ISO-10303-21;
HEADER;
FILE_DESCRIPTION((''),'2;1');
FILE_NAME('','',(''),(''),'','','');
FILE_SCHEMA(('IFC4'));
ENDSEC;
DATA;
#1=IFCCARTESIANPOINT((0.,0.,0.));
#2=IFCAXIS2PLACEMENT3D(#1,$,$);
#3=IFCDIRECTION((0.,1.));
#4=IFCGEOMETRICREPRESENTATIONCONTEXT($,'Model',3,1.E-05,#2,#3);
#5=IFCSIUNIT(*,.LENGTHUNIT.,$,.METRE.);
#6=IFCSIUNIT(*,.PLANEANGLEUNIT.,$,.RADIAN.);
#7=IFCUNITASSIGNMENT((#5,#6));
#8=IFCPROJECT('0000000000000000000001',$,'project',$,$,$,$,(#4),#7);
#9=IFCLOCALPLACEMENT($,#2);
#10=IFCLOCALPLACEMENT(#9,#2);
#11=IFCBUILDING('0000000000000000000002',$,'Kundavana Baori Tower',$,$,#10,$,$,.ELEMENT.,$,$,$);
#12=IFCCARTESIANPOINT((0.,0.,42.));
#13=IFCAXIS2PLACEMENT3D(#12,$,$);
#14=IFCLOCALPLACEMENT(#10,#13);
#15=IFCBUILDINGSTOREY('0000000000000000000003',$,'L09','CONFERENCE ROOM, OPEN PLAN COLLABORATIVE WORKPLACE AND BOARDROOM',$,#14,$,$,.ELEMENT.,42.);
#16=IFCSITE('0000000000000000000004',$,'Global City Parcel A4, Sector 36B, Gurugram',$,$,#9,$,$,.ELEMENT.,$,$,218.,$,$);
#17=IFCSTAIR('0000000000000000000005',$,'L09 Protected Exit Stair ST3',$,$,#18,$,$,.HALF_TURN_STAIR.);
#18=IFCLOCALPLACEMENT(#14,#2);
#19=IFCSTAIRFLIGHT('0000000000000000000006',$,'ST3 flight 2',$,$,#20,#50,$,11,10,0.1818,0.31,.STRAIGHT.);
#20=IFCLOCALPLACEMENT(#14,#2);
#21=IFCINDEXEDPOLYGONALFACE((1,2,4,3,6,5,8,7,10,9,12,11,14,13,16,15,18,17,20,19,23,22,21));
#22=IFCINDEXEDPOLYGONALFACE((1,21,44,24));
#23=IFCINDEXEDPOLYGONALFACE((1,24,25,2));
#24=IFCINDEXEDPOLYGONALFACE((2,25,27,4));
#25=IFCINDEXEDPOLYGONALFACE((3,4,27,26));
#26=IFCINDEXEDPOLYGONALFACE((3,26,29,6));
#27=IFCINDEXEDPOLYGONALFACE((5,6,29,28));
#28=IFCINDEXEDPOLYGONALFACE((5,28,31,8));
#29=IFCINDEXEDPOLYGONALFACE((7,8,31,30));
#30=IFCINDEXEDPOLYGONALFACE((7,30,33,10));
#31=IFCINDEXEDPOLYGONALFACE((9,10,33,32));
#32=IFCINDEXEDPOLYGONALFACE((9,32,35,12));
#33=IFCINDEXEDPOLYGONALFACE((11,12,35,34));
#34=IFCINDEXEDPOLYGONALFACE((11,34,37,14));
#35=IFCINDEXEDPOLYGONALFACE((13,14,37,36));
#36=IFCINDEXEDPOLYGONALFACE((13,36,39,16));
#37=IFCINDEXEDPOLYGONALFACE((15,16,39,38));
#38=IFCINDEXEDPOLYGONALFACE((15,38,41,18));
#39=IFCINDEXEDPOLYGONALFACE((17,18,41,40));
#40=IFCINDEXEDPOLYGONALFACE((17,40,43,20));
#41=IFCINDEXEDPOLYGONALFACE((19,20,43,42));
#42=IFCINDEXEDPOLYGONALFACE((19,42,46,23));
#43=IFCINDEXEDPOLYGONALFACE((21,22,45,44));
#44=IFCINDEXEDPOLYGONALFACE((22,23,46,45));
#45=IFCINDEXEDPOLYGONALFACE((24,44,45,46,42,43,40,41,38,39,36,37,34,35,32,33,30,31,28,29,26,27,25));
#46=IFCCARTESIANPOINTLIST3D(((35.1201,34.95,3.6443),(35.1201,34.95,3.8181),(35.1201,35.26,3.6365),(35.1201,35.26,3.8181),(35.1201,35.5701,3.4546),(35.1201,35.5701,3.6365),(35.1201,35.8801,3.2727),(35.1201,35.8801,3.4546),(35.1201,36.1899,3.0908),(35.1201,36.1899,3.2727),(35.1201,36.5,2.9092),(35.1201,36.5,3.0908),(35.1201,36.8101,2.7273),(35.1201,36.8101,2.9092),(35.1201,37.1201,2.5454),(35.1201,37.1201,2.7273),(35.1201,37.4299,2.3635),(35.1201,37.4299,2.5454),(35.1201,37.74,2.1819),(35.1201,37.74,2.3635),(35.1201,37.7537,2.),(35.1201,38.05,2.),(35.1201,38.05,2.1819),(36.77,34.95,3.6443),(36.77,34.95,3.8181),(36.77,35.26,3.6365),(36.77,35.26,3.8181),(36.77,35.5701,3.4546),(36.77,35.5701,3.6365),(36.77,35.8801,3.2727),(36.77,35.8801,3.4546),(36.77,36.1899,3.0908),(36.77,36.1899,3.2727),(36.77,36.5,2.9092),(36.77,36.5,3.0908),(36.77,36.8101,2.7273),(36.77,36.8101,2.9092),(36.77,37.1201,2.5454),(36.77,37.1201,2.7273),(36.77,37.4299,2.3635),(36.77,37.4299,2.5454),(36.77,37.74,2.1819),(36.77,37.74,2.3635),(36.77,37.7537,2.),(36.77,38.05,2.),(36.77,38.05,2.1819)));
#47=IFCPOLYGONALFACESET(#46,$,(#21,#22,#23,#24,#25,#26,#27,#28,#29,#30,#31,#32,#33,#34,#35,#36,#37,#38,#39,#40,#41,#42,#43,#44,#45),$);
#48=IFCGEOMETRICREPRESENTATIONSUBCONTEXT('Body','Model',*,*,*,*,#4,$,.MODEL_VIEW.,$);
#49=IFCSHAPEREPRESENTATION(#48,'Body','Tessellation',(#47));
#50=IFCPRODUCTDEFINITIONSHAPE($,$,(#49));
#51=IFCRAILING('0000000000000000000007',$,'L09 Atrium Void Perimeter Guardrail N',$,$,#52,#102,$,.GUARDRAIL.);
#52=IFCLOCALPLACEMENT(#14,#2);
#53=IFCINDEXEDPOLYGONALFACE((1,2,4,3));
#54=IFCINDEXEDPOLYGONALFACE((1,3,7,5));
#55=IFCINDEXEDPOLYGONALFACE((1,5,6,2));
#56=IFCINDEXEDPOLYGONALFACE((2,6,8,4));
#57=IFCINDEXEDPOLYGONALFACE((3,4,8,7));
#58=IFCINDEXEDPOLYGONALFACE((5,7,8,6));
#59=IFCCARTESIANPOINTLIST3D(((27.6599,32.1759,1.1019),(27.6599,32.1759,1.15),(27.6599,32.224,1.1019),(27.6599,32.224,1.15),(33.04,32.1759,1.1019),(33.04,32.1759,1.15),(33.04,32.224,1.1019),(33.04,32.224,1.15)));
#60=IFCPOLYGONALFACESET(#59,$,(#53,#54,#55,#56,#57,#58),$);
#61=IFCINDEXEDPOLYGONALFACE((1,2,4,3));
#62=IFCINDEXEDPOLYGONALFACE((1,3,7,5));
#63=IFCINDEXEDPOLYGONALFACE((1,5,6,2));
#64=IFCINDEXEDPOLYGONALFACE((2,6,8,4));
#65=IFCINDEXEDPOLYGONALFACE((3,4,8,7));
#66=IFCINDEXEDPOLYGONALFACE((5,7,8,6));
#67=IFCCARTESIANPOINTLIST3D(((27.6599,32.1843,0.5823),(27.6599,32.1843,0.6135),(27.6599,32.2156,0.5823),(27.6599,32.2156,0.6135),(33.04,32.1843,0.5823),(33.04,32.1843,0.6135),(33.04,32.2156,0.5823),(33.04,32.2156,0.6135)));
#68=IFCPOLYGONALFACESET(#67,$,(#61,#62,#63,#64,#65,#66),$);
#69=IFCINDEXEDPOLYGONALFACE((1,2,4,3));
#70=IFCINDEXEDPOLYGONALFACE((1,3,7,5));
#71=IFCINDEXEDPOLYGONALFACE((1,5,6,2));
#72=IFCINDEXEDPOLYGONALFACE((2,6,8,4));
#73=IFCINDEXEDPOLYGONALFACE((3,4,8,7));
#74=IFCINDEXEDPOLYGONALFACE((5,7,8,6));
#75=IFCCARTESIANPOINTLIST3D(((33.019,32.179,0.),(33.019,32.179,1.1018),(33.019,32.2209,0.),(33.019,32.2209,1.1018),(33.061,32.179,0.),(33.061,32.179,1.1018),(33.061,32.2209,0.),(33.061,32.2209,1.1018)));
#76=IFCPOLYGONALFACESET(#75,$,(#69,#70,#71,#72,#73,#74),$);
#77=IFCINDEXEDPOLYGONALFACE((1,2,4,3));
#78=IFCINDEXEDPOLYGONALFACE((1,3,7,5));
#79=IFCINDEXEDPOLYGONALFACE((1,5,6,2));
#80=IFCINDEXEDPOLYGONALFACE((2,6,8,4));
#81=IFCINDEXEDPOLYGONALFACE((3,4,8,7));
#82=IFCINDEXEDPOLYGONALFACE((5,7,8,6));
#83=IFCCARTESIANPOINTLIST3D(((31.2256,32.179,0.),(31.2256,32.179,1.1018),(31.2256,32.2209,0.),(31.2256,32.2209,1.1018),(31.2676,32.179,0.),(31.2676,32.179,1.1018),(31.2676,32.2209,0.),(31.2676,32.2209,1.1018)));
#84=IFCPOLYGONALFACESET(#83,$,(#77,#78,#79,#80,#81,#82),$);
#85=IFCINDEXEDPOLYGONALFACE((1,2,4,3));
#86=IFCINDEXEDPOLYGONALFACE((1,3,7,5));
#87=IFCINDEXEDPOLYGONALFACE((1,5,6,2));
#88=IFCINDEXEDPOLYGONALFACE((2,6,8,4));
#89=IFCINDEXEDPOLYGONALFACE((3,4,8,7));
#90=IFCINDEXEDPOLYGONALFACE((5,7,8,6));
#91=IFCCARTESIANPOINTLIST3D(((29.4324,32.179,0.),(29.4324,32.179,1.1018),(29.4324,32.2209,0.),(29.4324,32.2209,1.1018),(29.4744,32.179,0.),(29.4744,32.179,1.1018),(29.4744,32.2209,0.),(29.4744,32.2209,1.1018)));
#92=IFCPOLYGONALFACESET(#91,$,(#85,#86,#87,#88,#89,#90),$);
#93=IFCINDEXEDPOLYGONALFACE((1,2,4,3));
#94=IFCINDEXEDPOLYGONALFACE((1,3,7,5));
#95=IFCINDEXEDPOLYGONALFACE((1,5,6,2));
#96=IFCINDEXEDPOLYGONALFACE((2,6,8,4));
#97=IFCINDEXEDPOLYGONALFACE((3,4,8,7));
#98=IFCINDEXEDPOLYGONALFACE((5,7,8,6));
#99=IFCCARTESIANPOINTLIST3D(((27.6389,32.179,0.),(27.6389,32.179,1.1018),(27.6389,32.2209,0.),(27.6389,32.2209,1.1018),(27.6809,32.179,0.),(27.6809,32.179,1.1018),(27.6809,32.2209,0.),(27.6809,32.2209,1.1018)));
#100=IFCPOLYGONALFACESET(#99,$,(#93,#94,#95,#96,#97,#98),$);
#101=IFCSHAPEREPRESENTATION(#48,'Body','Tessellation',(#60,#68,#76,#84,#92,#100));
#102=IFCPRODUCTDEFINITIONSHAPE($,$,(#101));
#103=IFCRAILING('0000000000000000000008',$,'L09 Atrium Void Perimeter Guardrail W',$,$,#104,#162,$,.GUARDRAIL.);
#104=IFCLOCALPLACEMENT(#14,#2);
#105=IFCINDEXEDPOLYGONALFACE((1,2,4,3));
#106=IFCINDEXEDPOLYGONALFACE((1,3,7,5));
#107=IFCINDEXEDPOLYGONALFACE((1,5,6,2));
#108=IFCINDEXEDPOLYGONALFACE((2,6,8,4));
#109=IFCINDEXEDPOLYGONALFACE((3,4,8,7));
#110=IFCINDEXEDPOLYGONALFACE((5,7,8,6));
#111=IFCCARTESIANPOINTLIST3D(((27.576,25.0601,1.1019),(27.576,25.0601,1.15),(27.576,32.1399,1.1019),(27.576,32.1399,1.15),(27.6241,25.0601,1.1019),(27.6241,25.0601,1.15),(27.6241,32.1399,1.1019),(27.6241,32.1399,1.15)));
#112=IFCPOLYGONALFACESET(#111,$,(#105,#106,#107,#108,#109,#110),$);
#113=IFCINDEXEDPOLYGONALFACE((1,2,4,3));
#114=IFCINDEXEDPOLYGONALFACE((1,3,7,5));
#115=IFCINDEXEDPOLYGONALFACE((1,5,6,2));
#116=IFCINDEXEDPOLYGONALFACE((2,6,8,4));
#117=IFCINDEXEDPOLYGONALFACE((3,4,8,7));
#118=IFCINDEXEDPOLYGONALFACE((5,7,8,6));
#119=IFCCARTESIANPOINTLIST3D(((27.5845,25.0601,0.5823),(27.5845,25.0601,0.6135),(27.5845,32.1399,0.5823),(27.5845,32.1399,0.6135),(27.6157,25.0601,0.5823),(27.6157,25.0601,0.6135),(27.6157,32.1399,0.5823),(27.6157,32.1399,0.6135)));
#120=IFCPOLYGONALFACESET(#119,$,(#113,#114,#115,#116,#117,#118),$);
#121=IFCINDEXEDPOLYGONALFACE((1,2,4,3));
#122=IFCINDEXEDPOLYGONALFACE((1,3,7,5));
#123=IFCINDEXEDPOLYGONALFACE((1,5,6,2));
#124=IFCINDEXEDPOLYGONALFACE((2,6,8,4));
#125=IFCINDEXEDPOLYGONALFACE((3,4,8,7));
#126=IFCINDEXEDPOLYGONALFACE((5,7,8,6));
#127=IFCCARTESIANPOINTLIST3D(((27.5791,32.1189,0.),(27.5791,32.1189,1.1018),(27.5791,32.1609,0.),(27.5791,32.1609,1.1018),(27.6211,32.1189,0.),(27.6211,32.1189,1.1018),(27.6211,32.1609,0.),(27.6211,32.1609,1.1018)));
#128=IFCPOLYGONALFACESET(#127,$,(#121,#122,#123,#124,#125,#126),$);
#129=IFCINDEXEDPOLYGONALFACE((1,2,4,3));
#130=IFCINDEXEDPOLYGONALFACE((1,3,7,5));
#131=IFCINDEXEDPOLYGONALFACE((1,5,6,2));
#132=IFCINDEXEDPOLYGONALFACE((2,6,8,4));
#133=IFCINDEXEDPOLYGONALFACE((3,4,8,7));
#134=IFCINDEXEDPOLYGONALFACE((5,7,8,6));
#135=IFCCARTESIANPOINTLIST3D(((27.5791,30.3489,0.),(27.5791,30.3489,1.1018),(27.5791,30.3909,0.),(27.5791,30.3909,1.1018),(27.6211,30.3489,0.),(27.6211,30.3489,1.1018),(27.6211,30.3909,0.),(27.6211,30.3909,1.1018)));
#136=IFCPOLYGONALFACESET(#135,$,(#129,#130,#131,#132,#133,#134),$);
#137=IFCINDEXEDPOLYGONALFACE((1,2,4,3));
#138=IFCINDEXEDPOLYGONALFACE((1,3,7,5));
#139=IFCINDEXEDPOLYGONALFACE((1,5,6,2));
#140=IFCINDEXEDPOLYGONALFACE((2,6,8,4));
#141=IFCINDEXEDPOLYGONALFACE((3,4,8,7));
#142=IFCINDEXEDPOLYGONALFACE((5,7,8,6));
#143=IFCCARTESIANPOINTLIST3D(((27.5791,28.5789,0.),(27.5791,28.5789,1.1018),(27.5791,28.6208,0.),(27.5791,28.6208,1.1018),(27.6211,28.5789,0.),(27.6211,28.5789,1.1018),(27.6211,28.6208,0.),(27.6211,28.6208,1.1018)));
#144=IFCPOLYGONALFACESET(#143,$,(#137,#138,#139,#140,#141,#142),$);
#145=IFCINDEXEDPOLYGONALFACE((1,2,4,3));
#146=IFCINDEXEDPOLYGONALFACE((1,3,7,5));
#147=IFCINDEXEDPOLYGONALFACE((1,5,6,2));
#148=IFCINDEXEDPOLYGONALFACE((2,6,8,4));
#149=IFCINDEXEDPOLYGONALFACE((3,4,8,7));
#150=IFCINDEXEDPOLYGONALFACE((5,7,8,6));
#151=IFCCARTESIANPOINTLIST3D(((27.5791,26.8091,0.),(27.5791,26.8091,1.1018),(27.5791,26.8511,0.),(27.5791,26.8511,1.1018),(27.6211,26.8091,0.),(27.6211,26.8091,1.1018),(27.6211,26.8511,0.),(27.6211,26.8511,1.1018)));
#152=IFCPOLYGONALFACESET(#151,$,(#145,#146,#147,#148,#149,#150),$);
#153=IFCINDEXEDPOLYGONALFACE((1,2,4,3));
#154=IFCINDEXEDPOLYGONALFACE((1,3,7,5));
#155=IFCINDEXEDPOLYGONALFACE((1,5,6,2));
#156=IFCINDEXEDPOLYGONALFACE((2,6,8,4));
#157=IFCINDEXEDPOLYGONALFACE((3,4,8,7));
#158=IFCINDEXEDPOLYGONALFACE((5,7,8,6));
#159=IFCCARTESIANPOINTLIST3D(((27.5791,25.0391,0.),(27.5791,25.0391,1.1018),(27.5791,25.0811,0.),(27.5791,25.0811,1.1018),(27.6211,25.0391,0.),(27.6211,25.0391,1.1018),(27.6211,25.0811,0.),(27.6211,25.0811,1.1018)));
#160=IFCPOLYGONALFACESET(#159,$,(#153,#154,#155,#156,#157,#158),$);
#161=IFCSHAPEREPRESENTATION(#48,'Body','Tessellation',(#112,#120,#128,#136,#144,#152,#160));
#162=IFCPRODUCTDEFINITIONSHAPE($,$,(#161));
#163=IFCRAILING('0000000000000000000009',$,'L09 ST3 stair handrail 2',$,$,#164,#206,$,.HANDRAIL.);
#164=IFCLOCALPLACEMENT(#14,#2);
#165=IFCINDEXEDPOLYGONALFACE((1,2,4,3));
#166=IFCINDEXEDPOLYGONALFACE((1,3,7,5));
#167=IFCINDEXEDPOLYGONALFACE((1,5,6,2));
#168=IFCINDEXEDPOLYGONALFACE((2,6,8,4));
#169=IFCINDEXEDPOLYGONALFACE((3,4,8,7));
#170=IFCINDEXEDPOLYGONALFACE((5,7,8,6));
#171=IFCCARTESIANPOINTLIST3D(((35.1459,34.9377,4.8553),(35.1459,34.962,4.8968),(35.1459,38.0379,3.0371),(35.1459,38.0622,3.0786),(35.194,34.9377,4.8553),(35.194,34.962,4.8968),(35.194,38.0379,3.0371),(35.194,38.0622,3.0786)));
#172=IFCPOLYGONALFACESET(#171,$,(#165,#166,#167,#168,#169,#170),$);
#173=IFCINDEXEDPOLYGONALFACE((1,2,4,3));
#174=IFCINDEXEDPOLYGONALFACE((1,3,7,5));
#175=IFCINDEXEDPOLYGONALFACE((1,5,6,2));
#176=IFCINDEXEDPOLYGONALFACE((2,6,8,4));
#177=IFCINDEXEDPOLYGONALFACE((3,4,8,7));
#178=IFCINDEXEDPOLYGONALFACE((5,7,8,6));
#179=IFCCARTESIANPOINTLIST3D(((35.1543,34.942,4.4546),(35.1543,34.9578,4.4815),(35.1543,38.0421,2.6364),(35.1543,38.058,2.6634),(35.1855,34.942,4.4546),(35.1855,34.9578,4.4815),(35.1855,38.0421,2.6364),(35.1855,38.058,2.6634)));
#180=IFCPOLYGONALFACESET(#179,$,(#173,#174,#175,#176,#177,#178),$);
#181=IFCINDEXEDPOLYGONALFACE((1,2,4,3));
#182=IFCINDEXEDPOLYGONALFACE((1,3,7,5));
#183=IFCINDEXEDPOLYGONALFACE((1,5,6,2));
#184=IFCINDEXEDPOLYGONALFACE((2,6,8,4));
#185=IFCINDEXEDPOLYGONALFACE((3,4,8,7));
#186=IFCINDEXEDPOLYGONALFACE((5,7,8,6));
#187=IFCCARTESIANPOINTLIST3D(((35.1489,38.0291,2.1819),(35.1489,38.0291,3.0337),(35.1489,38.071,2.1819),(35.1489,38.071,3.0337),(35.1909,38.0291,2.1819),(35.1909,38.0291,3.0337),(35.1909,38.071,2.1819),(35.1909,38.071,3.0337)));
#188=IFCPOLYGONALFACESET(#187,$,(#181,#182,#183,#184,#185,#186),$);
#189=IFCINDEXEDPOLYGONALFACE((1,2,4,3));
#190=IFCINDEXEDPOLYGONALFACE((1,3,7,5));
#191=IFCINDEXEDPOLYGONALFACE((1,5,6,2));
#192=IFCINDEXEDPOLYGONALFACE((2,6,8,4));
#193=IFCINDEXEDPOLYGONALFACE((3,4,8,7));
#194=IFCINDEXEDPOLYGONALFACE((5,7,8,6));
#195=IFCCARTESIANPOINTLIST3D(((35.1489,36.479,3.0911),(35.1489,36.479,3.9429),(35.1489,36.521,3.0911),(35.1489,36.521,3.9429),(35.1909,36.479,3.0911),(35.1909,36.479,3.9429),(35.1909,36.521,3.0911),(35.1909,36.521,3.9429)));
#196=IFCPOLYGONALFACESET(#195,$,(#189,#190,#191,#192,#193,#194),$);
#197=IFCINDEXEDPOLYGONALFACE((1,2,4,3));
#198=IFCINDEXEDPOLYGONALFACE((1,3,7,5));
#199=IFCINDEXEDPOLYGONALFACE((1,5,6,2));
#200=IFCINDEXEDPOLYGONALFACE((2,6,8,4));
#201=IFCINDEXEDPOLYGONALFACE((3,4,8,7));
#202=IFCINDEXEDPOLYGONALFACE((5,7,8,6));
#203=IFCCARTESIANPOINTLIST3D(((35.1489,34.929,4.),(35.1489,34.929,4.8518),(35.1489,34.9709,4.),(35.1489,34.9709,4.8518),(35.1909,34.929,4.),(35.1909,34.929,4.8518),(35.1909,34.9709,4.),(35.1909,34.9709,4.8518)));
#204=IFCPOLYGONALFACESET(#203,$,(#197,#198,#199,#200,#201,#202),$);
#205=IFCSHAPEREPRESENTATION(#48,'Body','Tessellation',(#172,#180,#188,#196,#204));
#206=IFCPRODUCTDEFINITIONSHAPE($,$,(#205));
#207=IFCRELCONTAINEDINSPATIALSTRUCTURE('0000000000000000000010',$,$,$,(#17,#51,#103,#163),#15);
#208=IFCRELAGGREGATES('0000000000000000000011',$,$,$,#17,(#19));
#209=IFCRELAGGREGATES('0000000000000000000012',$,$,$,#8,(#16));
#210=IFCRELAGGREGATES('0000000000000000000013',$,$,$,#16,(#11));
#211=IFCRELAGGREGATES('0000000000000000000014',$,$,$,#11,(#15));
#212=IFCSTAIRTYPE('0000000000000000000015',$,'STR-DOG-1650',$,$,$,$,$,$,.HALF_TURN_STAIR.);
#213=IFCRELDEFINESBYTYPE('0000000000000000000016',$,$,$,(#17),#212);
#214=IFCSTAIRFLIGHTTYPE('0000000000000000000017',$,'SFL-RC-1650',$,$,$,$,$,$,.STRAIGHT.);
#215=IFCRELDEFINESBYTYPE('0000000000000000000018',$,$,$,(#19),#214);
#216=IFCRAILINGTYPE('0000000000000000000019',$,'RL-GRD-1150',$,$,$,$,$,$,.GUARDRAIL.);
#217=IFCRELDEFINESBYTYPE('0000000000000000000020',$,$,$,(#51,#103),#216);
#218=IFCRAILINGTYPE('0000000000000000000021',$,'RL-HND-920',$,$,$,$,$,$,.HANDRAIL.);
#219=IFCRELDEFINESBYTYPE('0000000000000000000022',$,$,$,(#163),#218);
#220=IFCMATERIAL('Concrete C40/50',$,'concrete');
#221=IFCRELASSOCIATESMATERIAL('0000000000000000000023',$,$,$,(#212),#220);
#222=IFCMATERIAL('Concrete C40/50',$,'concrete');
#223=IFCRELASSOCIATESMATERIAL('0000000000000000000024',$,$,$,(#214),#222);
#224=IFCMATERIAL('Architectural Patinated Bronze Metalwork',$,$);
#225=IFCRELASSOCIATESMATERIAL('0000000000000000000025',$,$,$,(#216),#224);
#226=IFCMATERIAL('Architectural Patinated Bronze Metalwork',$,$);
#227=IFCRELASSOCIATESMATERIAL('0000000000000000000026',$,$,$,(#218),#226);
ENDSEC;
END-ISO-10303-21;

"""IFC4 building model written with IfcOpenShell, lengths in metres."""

from ifc_helpers import new_model, si_unit, direction, frame, origin, origin_2d, place, context, subcontext, project, spatial, polyline, rectangle, outline, extrude, material, type_object, element, aggregate, save


model = new_model("IFC4")

# Units and contexts
model_context = context("Model", 3, precision=1e-05, world=origin(), true_north=direction((0.0, 1.0)))
body_context = subcontext(model_context, "Body", "Model", "MODEL_VIEW")
ifc_project = project(units=[si_unit("LENGTHUNIT", "METRE"), si_unit("PLANEANGLEUNIT", "RADIAN")], contexts=[model_context])

# Site, building, storey
site_placement = place(None, origin())
site = spatial("IfcSite", under=ifc_project, at=site_placement, Name="Global City Parcel A4, Sector 36B, Gurugram", CompositionType="ELEMENT", RefElevation=218.0)
building_placement = place(site_placement, origin())
building = spatial("IfcBuilding", under=site, at=building_placement, Name="Kundavana Baori Tower", CompositionType="ELEMENT")
storey_placement = place(building_placement, frame((0.0, 0.0, 42.0)))
storey = spatial("IfcBuildingStorey", under=building, at=storey_placement, Name="L09", Description="CONFERENCE ROOM, OPEN PLAN COLLABORATIVE WORKPLACE AND BOARDROOM", CompositionType="ELEMENT", Elevation=42.0)

# Stair, stair flight
ifc_material_1 = material(Name="Concrete C40/50", Category="concrete")
stair_type = type_object("IfcStairType", Name="STR-DOG-1650", PredefinedType="HALF_TURN_STAIR", material=ifc_material_1)
stair_placement = place(storey_placement, origin())
stair = element("IfcStair", 1, at=stair_placement, inside=storey, type_object=stair_type, Name="L09 Protected Exit Stair ST3", PredefinedType="HALF_TURN_STAIR")
ifc_material_2 = material(Name="Concrete C40/50", Category="concrete")
stair_flight_type = type_object("IfcStairFlightType", Name="SFL-RC-1650", PredefinedType="STRAIGHT", material=ifc_material_2)
stair_flight_placement = place(storey_placement, frame((35.9451, 38.05, 2.0), z_axis=(0.0, 0.0, 1.0), x_axis=(0.0, -1.0, 0.0)))
stair_flight = element("IfcStairFlight", 2, at=stair_flight_placement, type_object=stair_flight_type, Name="ST3 flight 2", NumberOfRisers=11, NumberOfTreads=10, PredefinedType="STRAIGHT", RiserHeight=0.1818, TreadLength=0.31, context=body_context, shape_type="SweptSolid", body=[
    extrude(outline(polyline([(0.0, 0.0), (0.0, 0.1819), (0.3101, 0.1819), (0.3101, 0.3635), (0.6201, 0.3635), (0.6201, 0.5454), (0.9299, 0.5454), (0.9299, 0.7273), (1.24, 0.7273), (1.24, 0.9092), (1.55, 0.9092), (1.55, 1.0908), (1.8601, 1.0908), (1.8601, 1.2727), (2.1699, 1.2727), (2.1699, 1.4546), (2.48, 1.4546), (2.48, 1.6365), (2.79, 1.6365), (2.79, 1.8181), (3.1001, 1.8181), (3.1001, 2.0), (3.1001, 1.6443), (0.2964, 0.0), (0.0, 0.0)])), frame((0.0, 0.825, 0.0), z_axis=(0.0, -1.0, 0.0), x_axis=(1.0, 0.0, 0.0)), (0.0, 0.0, 1.0), 1.6499),
])
aggregate(stair, [stair_flight])

# Railings
ifc_material_3 = material(Name="Architectural Patinated Bronze Metalwork")
railing_type_1 = type_object("IfcRailingType", Name="RL-GRD-1150", PredefinedType="GUARDRAIL", material=ifc_material_3)
railing_1_placement = place(storey_placement, frame((33.04, 32.2, 0.0)))
element("IfcRailing", 3, at=railing_1_placement, inside=storey, type_object=railing_type_1, Name="L09 Atrium Void Perimeter Guardrail N", PredefinedType="GUARDRAIL", context=body_context, shape_type="SweptSolid", body=[
    extrude(rectangle(XDim=0.0481, YDim=0.0481, at=origin_2d()), frame((0.0, 0.0, 1.126), z_axis=(-1.0, 0.0, 0.0), x_axis=(0.0, -1.0, 0.0)), (0.0, 0.0, 1.0), 5.3801),
    extrude(rectangle(XDim=0.0312, YDim=0.0312, at=origin_2d()), frame((0.0, 0.0, 0.5979), z_axis=(-1.0, 0.0, 0.0), x_axis=(0.0, -1.0, 0.0)), (0.0, 0.0, 1.0), 5.3801),
    extrude(rectangle(XDim=0.042, YDim=0.042, at=origin_2d()), origin(), (0.0, 0.0, 1.0), 1.1018),
    extrude(rectangle(XDim=0.042, YDim=0.042, at=origin_2d()), frame((-1.7935, 0.0, 0.0)), (0.0, 0.0, 1.0), 1.1018),
    extrude(rectangle(XDim=0.042, YDim=0.042, at=origin_2d()), frame((-3.5867, 0.0, 0.0)), (0.0, 0.0, 1.0), 1.1018),
    extrude(rectangle(XDim=0.042, YDim=0.042, at=origin_2d()), frame((-5.3801, 0.0, 0.0)), (0.0, 0.0, 1.0), 1.1018),
])
railing_2_placement = place(storey_placement, frame((27.6001, 32.1399, 0.0)))
element("IfcRailing", 4, at=railing_2_placement, inside=storey, type_object=railing_type_1, Name="L09 Atrium Void Perimeter Guardrail W", PredefinedType="GUARDRAIL", context=body_context, shape_type="SweptSolid", body=[
    extrude(rectangle(XDim=0.0481, YDim=0.0481, at=origin_2d()), frame((0.0, 0.0, 1.126), z_axis=(0.0, -1.0, 0.0), x_axis=(1.0, 0.0, 0.0)), (0.0, 0.0, 1.0), 7.0798),
    extrude(rectangle(XDim=0.0312, YDim=0.0312, at=origin_2d()), frame((0.0, 0.0, 0.5979), z_axis=(0.0, -1.0, 0.0), x_axis=(1.0, 0.0, 0.0)), (0.0, 0.0, 1.0), 7.0798),
    extrude(rectangle(XDim=0.042, YDim=0.042, at=origin_2d()), origin(), (0.0, 0.0, 1.0), 1.1018),
    extrude(rectangle(XDim=0.042, YDim=0.042, at=origin_2d()), frame((0.0, -1.77, 0.0)), (0.0, 0.0, 1.0), 1.1018),
    extrude(rectangle(XDim=0.042, YDim=0.042, at=origin_2d()), frame((0.0, -3.54, 0.0)), (0.0, 0.0, 1.0), 1.1018),
    extrude(rectangle(XDim=0.042, YDim=0.042, at=origin_2d()), frame((0.0, -5.3098, 0.0)), (0.0, 0.0, 1.0), 1.1018),
    extrude(rectangle(XDim=0.042, YDim=0.042, at=origin_2d()), frame((0.0, -7.0798, 0.0)), (0.0, 0.0, 1.0), 1.1018),
])
ifc_material_4 = material(Name="Architectural Patinated Bronze Metalwork")
railing_type_2 = type_object("IfcRailingType", Name="RL-HND-920", PredefinedType="HANDRAIL", material=ifc_material_4)
railing_3_placement = place(storey_placement, frame((35.1699, 38.05, 2.1819)))
element("IfcRailing", 5, at=railing_3_placement, inside=storey, type_object=railing_type_2, Name="L09 ST3 stair handrail 2", PredefinedType="HANDRAIL", context=body_context, shape_type="SweptSolid", body=[
    extrude(rectangle(XDim=0.0481, YDim=0.0481, at=origin_2d()), frame((0.0, 0.0, 0.876), z_axis=(0.0, -0.862599, 0.505889), x_axis=(1.0, 0.0, 0.0)), (0.0, 0.0, 1.0), 3.594),
    extrude(rectangle(XDim=0.0312, YDim=0.0312, at=origin_2d()), frame((0.0, 0.0, 0.468), z_axis=(0.0, -0.862599, 0.505889), x_axis=(1.0, 0.0, 0.0)), (0.0, 0.0, 1.0), 3.594),
    extrude(rectangle(XDim=0.042, YDim=0.042, at=origin_2d()), origin(), (0.0, 0.0, 1.0), 0.8518),
    extrude(rectangle(XDim=0.042, YDim=0.042, at=origin_2d()), frame((0.0, -1.55, 0.9092)), (0.0, 0.0, 1.0), 0.8518),
    extrude(rectangle(XDim=0.042, YDim=0.042, at=origin_2d()), frame((0.0, -3.1001, 1.8181)), (0.0, 0.0, 1.0), 0.8518),
])

save(model, "model.ifc")
